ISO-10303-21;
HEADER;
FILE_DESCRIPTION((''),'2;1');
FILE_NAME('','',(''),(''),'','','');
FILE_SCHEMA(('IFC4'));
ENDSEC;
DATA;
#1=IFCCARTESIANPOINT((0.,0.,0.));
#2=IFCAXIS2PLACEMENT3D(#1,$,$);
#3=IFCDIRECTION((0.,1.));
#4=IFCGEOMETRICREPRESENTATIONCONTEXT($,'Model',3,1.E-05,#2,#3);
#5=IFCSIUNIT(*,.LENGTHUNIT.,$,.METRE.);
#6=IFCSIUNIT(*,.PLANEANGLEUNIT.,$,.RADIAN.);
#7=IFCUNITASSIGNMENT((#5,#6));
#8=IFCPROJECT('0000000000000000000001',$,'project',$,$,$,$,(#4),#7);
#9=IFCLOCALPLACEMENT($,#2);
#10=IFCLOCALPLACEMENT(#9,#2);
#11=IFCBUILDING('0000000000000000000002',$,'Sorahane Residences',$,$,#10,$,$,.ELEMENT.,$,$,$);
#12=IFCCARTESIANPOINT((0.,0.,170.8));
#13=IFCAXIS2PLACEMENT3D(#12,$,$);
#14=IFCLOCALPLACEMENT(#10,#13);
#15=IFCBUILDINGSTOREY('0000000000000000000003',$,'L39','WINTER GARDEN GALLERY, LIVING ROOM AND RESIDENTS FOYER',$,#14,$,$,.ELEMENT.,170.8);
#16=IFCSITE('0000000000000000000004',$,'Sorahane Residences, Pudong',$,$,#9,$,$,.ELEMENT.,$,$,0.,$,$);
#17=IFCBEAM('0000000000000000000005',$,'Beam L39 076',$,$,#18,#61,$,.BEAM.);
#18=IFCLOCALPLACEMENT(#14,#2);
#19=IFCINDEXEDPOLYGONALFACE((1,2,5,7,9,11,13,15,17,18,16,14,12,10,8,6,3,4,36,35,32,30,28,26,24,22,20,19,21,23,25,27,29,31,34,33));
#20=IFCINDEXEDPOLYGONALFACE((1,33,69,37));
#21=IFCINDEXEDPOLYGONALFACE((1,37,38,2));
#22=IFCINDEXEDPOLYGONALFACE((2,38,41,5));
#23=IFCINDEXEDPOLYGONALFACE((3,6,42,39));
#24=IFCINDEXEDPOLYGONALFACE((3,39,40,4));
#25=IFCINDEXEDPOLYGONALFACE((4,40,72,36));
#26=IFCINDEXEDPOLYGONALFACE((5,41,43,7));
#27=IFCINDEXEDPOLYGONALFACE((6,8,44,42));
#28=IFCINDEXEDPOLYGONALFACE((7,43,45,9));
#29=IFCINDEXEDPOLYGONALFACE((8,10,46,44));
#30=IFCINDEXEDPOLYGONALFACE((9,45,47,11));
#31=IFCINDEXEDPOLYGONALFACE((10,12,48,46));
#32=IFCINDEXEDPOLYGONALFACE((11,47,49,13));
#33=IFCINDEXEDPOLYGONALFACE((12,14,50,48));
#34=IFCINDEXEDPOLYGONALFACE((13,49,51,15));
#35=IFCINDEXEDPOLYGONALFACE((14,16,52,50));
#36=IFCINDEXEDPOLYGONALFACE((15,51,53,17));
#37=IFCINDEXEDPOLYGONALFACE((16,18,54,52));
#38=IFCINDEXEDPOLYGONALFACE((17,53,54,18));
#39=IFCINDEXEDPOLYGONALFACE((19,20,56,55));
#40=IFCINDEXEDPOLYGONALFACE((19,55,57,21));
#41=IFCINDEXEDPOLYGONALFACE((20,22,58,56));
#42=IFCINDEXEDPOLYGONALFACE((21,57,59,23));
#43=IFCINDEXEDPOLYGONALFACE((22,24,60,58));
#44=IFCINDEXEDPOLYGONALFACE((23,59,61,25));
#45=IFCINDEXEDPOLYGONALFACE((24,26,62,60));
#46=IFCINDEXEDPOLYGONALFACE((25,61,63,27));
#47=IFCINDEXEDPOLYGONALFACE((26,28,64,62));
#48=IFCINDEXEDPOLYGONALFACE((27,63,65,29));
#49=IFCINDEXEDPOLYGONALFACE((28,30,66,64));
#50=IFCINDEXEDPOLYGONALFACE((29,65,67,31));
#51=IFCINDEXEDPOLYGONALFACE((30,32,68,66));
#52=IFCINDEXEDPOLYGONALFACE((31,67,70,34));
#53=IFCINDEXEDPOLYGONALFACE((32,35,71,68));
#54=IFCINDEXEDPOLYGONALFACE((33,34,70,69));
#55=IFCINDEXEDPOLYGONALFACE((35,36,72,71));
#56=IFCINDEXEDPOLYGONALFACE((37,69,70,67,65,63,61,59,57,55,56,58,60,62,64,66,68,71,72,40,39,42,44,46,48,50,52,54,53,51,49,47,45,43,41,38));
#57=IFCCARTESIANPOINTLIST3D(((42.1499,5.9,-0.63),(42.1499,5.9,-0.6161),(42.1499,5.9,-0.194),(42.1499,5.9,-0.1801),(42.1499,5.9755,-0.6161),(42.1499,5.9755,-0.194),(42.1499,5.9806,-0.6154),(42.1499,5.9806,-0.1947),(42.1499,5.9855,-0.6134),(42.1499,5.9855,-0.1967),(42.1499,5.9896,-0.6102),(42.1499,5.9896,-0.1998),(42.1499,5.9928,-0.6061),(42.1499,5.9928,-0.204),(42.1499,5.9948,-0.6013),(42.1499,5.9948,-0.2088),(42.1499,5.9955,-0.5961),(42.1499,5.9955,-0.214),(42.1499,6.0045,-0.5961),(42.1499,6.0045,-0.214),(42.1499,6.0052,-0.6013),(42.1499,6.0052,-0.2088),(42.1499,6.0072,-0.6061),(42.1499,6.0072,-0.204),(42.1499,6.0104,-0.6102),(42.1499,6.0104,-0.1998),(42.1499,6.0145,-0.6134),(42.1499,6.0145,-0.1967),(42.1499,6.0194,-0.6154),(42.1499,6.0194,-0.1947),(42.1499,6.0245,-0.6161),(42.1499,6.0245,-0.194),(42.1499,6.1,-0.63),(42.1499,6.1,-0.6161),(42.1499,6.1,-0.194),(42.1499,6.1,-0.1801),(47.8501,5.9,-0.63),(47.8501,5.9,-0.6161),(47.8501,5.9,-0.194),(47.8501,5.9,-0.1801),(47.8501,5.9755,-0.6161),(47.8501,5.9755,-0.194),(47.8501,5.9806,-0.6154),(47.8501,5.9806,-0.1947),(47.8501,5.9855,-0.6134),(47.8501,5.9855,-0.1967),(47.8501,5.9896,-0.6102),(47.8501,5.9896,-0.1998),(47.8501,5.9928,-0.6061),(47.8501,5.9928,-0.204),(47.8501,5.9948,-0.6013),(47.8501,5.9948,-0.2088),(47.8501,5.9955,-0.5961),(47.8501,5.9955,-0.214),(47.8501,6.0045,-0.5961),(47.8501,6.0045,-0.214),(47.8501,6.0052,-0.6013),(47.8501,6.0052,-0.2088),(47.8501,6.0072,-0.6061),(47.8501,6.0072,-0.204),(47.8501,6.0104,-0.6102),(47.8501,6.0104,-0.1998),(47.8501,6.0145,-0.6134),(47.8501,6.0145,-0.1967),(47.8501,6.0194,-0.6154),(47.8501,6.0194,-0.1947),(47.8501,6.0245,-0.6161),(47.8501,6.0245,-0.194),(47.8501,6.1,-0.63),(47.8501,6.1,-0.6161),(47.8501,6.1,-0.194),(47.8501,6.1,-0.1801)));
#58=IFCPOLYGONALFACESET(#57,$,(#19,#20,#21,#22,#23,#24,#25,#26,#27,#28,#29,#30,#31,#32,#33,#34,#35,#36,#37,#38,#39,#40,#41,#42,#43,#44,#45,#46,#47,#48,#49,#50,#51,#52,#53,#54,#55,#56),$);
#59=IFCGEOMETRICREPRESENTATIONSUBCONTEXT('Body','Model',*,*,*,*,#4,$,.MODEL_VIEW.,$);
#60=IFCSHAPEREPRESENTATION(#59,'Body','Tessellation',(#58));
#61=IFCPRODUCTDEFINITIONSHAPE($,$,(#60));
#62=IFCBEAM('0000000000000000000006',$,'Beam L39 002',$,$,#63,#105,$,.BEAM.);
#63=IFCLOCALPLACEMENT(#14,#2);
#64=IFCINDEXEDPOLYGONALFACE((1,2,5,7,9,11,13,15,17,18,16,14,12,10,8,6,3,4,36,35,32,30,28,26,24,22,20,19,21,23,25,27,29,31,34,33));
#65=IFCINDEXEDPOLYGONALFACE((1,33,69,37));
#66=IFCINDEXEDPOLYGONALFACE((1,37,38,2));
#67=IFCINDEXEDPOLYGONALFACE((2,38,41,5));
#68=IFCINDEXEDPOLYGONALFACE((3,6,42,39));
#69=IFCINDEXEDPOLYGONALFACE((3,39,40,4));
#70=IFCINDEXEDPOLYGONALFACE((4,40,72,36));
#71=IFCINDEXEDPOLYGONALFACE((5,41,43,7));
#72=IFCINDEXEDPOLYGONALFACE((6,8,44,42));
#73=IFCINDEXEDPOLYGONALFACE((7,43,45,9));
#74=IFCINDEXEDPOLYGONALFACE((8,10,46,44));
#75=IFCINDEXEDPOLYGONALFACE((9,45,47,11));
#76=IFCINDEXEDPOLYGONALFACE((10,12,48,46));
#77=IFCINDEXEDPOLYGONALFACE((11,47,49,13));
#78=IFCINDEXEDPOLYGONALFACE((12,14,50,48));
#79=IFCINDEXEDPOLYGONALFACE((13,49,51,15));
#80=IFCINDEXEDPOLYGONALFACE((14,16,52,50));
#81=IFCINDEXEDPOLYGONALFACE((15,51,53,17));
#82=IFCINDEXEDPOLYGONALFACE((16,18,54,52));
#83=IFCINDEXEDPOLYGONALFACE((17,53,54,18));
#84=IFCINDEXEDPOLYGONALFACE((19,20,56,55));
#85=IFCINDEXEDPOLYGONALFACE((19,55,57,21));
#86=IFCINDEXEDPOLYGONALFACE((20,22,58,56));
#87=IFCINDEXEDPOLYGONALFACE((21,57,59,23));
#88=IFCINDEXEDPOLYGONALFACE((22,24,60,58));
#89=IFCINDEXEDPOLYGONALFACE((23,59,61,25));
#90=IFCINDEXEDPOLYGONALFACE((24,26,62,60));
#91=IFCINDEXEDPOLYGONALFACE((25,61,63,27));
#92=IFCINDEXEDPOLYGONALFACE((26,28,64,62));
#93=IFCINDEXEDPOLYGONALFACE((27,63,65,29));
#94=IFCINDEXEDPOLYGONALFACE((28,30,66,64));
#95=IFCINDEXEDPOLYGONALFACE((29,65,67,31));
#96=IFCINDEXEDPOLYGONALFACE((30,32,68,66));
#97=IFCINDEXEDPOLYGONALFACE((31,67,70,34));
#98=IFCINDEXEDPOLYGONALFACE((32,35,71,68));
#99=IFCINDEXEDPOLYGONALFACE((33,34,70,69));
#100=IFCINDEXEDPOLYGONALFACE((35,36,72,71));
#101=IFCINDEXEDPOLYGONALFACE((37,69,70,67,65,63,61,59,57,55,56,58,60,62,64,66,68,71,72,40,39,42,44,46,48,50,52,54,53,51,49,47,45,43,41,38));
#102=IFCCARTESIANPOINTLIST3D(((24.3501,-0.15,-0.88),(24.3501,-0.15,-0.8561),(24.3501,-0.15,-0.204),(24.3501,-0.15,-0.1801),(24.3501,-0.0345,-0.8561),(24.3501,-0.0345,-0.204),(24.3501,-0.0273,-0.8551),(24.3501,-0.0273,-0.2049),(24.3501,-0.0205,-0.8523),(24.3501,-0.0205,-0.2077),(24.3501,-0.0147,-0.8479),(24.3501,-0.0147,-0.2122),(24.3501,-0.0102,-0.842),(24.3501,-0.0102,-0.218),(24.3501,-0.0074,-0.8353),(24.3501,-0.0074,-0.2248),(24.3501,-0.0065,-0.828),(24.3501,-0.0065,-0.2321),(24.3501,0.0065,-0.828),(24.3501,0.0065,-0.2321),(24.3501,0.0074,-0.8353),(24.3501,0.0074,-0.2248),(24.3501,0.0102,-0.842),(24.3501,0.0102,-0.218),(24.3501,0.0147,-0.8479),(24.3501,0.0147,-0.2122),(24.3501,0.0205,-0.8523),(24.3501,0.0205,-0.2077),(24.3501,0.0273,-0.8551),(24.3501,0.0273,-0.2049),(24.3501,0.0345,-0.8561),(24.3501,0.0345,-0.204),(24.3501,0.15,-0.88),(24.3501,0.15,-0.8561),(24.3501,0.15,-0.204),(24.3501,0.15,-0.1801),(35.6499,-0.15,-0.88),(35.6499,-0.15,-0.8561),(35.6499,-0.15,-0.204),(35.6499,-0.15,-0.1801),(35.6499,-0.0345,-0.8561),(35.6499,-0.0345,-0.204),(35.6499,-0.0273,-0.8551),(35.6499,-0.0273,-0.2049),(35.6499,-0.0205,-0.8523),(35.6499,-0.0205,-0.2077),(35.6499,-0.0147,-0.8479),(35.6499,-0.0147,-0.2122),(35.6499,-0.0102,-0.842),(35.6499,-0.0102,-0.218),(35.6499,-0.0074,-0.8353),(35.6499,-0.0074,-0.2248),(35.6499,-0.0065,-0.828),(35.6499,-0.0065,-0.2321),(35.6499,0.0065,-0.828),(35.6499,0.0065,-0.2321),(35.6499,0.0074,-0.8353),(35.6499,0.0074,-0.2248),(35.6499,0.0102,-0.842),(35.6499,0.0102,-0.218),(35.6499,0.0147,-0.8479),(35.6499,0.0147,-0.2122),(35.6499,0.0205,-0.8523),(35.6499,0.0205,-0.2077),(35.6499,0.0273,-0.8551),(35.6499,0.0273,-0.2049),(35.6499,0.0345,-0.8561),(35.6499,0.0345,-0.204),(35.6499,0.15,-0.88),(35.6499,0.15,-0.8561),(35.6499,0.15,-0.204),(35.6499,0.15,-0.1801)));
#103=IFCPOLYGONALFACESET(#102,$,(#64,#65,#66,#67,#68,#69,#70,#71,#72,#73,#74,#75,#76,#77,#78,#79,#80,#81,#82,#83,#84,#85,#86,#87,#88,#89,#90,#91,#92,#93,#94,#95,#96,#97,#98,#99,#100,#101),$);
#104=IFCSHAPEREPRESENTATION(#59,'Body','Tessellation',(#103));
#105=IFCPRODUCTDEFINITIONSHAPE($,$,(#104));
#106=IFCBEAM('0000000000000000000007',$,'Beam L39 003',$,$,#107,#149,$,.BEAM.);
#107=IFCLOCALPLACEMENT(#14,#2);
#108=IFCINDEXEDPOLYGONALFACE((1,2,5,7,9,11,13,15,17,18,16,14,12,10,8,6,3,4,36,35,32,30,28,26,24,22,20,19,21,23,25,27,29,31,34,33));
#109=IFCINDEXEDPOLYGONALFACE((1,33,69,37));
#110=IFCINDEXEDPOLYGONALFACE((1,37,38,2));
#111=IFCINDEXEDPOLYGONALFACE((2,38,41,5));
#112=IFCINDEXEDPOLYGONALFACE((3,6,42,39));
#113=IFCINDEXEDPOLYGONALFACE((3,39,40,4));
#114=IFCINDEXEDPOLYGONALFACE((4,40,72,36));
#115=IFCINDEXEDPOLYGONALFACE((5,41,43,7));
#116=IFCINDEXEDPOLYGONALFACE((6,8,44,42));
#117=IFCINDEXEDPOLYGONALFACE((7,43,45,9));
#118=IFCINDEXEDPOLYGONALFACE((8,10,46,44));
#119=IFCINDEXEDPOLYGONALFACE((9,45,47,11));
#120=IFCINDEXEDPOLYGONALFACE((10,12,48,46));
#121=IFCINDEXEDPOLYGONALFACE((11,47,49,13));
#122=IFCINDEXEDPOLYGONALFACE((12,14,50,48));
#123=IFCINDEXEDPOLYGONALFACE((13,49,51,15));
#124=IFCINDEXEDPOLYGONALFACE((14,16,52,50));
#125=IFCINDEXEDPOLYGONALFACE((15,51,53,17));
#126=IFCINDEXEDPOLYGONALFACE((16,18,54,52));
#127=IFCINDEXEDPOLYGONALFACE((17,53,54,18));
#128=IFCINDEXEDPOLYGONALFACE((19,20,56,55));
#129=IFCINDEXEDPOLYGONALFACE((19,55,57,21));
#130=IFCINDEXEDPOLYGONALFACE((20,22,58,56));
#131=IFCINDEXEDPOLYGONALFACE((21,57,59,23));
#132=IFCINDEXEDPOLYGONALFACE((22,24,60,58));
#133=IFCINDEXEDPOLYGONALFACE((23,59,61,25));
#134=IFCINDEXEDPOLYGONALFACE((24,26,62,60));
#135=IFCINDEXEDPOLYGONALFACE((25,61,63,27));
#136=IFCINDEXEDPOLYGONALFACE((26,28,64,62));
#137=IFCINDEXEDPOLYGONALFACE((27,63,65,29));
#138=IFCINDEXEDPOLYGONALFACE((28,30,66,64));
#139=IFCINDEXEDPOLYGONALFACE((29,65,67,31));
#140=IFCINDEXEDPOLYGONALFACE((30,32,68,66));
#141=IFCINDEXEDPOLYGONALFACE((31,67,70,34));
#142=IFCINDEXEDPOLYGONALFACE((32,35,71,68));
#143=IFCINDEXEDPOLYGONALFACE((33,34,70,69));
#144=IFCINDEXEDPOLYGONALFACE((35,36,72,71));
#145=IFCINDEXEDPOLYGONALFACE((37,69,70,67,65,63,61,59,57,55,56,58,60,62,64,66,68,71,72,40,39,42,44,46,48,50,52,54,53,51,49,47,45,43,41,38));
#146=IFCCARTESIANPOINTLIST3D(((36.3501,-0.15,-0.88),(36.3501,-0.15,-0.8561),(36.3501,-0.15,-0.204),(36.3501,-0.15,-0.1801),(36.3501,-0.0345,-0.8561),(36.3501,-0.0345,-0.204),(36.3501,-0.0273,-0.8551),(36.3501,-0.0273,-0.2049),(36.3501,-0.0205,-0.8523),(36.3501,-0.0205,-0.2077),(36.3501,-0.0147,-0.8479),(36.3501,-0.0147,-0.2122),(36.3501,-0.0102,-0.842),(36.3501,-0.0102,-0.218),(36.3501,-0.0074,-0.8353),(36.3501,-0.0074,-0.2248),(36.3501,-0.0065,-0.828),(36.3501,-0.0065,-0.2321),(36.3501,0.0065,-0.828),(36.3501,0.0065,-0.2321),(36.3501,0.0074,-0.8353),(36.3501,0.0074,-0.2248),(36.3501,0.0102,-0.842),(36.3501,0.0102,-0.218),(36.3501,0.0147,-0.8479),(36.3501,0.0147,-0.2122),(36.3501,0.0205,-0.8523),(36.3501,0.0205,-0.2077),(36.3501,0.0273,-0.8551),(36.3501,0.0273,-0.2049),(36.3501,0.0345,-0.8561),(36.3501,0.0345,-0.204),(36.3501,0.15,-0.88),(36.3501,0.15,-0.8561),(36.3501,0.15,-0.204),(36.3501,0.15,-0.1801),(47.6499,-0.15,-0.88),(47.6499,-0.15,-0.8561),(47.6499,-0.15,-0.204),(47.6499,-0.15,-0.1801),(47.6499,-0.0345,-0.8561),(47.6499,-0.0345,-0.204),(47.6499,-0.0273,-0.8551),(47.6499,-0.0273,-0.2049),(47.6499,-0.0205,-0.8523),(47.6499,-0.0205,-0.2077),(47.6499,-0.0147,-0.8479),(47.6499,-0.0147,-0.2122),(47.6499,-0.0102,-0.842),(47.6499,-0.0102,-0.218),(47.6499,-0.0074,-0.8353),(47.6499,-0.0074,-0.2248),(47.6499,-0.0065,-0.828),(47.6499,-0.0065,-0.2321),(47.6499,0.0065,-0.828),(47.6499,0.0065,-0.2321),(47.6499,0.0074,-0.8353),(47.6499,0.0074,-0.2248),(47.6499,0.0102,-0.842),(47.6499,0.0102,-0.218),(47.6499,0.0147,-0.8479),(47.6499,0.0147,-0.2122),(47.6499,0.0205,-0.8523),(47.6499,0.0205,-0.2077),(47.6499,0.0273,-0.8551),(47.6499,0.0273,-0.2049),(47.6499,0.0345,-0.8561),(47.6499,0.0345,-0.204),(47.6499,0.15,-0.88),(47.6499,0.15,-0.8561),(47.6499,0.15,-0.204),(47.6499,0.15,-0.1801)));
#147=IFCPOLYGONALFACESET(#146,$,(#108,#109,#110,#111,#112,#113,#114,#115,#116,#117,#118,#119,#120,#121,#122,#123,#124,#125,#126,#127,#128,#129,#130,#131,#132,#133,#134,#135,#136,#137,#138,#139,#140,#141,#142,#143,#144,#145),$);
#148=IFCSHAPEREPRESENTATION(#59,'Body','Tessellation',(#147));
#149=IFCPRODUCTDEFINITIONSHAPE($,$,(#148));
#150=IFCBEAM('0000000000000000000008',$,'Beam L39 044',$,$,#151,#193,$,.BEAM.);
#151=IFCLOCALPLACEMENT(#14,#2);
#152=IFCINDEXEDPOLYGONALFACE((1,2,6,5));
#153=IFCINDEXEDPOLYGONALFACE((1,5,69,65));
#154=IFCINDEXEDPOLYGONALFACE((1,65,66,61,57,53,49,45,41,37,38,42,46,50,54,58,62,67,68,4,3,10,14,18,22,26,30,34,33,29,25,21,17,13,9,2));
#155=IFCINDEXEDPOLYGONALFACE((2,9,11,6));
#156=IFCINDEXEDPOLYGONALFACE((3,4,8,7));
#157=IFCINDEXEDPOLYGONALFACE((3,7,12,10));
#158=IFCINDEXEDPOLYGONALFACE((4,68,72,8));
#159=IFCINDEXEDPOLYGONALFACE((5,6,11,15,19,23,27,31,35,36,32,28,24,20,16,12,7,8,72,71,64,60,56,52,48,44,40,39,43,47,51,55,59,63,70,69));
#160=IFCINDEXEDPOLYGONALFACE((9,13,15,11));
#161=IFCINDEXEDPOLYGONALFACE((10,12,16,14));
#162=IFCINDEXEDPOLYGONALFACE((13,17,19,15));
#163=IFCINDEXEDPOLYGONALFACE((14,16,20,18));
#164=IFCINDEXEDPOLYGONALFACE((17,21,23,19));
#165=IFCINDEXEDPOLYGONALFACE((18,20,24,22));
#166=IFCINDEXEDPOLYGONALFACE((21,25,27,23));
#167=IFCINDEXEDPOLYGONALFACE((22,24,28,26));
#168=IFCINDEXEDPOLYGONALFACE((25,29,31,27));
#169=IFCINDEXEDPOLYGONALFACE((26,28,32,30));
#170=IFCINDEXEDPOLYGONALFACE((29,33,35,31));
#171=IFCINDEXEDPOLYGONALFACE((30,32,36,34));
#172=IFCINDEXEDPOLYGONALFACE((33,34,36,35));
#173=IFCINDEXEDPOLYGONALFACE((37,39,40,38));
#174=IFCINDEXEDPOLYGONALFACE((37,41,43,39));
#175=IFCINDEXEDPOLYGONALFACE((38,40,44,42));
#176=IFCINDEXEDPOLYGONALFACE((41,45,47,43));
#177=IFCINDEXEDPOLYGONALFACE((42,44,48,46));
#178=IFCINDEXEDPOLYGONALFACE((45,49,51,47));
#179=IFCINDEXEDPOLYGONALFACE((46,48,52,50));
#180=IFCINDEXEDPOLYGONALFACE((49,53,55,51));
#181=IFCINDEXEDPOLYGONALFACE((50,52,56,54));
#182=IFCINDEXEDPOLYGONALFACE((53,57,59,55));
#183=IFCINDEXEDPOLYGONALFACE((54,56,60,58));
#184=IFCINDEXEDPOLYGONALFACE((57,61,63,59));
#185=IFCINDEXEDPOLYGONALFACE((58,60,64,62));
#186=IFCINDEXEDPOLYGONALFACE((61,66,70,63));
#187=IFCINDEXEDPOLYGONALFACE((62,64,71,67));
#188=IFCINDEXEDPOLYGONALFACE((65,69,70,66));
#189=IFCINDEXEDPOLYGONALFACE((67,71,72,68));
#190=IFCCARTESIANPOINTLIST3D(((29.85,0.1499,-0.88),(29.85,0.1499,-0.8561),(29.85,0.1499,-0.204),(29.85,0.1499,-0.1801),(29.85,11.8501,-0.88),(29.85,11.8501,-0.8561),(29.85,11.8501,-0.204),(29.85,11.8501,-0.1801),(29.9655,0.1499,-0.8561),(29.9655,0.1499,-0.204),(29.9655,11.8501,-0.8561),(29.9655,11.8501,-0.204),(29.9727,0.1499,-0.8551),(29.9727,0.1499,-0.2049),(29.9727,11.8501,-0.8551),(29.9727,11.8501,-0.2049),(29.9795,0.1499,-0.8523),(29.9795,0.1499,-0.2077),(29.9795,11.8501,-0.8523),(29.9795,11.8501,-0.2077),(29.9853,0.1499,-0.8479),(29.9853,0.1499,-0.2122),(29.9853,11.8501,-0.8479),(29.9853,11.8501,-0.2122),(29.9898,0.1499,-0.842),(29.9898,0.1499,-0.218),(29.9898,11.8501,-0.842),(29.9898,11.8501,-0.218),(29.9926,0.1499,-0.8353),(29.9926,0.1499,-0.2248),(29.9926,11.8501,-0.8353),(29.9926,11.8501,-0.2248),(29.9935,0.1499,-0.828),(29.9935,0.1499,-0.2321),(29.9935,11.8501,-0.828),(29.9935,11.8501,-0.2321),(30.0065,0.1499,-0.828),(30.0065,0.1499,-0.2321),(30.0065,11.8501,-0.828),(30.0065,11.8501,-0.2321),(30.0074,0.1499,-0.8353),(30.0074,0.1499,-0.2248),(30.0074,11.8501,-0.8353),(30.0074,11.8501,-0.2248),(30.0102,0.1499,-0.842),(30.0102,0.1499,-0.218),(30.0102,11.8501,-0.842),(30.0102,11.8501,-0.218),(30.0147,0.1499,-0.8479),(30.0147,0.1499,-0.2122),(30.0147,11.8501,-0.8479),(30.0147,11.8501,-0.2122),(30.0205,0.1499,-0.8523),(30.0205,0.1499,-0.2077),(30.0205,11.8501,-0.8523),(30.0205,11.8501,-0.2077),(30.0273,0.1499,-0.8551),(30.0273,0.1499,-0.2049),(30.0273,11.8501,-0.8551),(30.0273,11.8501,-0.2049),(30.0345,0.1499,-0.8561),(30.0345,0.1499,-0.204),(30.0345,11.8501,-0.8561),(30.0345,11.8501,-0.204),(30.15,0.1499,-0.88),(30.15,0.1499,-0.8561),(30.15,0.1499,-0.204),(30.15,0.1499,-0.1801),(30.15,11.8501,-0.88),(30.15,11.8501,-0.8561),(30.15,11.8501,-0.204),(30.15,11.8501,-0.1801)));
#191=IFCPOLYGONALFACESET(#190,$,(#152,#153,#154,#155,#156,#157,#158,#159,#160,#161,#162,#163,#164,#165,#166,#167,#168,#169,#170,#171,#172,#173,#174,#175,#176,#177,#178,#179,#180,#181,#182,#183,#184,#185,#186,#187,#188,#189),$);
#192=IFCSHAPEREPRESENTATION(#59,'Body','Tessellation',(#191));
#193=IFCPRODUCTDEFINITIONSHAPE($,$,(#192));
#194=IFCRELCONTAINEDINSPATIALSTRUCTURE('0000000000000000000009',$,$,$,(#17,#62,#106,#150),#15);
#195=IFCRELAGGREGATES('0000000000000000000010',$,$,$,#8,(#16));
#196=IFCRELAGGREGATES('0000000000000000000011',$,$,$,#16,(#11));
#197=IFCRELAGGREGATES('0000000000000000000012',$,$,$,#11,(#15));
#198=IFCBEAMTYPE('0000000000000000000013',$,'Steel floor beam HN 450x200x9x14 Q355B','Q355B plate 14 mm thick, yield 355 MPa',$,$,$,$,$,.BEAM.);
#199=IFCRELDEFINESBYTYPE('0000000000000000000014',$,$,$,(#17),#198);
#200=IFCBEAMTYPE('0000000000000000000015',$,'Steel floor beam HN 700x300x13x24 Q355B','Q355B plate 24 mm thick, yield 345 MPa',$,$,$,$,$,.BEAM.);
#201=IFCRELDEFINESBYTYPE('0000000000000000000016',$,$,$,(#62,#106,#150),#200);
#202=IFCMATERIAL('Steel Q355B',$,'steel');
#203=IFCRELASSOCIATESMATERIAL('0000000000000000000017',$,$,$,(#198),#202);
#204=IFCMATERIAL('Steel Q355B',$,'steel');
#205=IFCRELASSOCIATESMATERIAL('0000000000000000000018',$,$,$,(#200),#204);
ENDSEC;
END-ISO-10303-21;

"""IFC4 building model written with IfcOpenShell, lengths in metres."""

from ifc_helpers import new_model, si_unit, direction, frame, origin, origin_2d, place, context, subcontext, project, spatial, i_section, extrude, material, material_profile, profile_set, type_object, element, save


model = new_model("IFC4")

# Units and contexts
model_context = context("Model", 3, precision=1e-05, world=origin(), true_north=direction((0.0, 1.0)))
body_context = subcontext(model_context, "Body", "Model", "MODEL_VIEW")
ifc_project = project(units=[si_unit("LENGTHUNIT", "METRE"), si_unit("PLANEANGLEUNIT", "RADIAN")], contexts=[model_context])

# Site, building, storey
site_placement = place(None, origin())
site = spatial("IfcSite", under=ifc_project, at=site_placement, Name="Sorahane Residences, Pudong", CompositionType="ELEMENT", RefElevation=0.0)
building_placement = place(site_placement, origin())
building = spatial("IfcBuilding", under=site, at=building_placement, Name="Sorahane Residences", CompositionType="ELEMENT")
storey_placement = place(building_placement, frame((0.0, 0.0, 170.8)))
storey = spatial("IfcBuildingStorey", under=building, at=storey_placement, Name="L39", Description="WINTER GARDEN GALLERY, LIVING ROOM AND RESIDENTS FOYER", CompositionType="ELEMENT", Elevation=170.8)

# Beams
ifc_material_1 = material(Name="Steel Q355B", Category="steel")
ifc_material_profile_1 = material_profile(ifc_material_1, i_section(OverallWidth=0.2, OverallDepth=0.45, WebThickness=0.009, FlangeThickness=0.0139, FilletRadius=0.02, at=origin_2d()), Name="HN 450x200x9x14")
ifc_profile_set_1 = profile_set([ifc_material_profile_1], Name="Steel Q355B")
beam_type_1 = type_object("IfcBeamType", Name="Steel floor beam HN 450x200x9x14 Q355B", Description="Q355B plate 14 mm thick, yield 355 MPa", PredefinedType="BEAM", material=ifc_profile_set_1)
for number, where, z_axis, x_axis, name in (
    (1, (42.1499, 6.0, -0.405), (1.0, 0.0, 0.0), (0.0, 1.0, 0.0), "Beam L39 076"),
):
    element("IfcBeam", number, at=place(storey_placement, frame(where, z_axis=z_axis, x_axis=x_axis)), inside=storey, type_object=beam_type_1, Name=name, PredefinedType="BEAM", context=body_context, shape_type="SweptSolid", body=[
        extrude(i_section(OverallWidth=0.2, OverallDepth=0.45, WebThickness=0.009, FlangeThickness=0.0139, FilletRadius=0.02, at=origin_2d()), origin(), (0.0, 0.0, 1.0), 5.7002),
    ])
ifc_material_2 = material(Name="Steel Q355B", Category="steel")
ifc_material_profile_2 = material_profile(ifc_material_2, i_section(OverallWidth=0.3, OverallDepth=0.7, WebThickness=0.0129, FlangeThickness=0.0239, FilletRadius=0.0281, at=origin_2d()), Name="HN 700x300x13x24")
ifc_profile_set_2 = profile_set([ifc_material_profile_2], Name="Steel Q355B")
beam_type_2 = type_object("IfcBeamType", Name="Steel floor beam HN 700x300x13x24 Q355B", Description="Q355B plate 24 mm thick, yield 345 MPa", PredefinedType="BEAM", material=ifc_profile_set_2)
for number, where, z_axis, x_axis, name in (
    (2, (24.3501, 0.0, -0.53), (1.0, 0.0, 0.0), (0.0, 1.0, 0.0), "Beam L39 002"),
    (3, (36.3501, 0.0, -0.53), (1.0, 0.0, 0.0), (0.0, 1.0, 0.0), "Beam L39 003"),
):
    element("IfcBeam", number, at=place(storey_placement, frame(where, z_axis=z_axis, x_axis=x_axis)), inside=storey, type_object=beam_type_2, Name=name, PredefinedType="BEAM", context=body_context, shape_type="SweptSolid", body=[
        extrude(i_section(OverallWidth=0.3, OverallDepth=0.7, WebThickness=0.0129, FlangeThickness=0.0239, FilletRadius=0.0281, at=origin_2d()), origin(), (0.0, 0.0, 1.0), 11.2998),
    ])
beam_1_placement = place(storey_placement, frame((30.0, 0.1499, -0.53), z_axis=(0.0, 1.0, 0.0), x_axis=(-1.0, 0.0, 0.0)))
element("IfcBeam", 4, at=beam_1_placement, inside=storey, type_object=beam_type_2, Name="Beam L39 044", PredefinedType="BEAM", context=body_context, shape_type="SweptSolid", body=[
    extrude(i_section(OverallWidth=0.3, OverallDepth=0.7, WebThickness=0.0129, FlangeThickness=0.0239, FilletRadius=0.0281, at=origin_2d()), origin(), (0.0, 0.0, 1.0), 11.7002),
])

save(model, "model.ifc")
